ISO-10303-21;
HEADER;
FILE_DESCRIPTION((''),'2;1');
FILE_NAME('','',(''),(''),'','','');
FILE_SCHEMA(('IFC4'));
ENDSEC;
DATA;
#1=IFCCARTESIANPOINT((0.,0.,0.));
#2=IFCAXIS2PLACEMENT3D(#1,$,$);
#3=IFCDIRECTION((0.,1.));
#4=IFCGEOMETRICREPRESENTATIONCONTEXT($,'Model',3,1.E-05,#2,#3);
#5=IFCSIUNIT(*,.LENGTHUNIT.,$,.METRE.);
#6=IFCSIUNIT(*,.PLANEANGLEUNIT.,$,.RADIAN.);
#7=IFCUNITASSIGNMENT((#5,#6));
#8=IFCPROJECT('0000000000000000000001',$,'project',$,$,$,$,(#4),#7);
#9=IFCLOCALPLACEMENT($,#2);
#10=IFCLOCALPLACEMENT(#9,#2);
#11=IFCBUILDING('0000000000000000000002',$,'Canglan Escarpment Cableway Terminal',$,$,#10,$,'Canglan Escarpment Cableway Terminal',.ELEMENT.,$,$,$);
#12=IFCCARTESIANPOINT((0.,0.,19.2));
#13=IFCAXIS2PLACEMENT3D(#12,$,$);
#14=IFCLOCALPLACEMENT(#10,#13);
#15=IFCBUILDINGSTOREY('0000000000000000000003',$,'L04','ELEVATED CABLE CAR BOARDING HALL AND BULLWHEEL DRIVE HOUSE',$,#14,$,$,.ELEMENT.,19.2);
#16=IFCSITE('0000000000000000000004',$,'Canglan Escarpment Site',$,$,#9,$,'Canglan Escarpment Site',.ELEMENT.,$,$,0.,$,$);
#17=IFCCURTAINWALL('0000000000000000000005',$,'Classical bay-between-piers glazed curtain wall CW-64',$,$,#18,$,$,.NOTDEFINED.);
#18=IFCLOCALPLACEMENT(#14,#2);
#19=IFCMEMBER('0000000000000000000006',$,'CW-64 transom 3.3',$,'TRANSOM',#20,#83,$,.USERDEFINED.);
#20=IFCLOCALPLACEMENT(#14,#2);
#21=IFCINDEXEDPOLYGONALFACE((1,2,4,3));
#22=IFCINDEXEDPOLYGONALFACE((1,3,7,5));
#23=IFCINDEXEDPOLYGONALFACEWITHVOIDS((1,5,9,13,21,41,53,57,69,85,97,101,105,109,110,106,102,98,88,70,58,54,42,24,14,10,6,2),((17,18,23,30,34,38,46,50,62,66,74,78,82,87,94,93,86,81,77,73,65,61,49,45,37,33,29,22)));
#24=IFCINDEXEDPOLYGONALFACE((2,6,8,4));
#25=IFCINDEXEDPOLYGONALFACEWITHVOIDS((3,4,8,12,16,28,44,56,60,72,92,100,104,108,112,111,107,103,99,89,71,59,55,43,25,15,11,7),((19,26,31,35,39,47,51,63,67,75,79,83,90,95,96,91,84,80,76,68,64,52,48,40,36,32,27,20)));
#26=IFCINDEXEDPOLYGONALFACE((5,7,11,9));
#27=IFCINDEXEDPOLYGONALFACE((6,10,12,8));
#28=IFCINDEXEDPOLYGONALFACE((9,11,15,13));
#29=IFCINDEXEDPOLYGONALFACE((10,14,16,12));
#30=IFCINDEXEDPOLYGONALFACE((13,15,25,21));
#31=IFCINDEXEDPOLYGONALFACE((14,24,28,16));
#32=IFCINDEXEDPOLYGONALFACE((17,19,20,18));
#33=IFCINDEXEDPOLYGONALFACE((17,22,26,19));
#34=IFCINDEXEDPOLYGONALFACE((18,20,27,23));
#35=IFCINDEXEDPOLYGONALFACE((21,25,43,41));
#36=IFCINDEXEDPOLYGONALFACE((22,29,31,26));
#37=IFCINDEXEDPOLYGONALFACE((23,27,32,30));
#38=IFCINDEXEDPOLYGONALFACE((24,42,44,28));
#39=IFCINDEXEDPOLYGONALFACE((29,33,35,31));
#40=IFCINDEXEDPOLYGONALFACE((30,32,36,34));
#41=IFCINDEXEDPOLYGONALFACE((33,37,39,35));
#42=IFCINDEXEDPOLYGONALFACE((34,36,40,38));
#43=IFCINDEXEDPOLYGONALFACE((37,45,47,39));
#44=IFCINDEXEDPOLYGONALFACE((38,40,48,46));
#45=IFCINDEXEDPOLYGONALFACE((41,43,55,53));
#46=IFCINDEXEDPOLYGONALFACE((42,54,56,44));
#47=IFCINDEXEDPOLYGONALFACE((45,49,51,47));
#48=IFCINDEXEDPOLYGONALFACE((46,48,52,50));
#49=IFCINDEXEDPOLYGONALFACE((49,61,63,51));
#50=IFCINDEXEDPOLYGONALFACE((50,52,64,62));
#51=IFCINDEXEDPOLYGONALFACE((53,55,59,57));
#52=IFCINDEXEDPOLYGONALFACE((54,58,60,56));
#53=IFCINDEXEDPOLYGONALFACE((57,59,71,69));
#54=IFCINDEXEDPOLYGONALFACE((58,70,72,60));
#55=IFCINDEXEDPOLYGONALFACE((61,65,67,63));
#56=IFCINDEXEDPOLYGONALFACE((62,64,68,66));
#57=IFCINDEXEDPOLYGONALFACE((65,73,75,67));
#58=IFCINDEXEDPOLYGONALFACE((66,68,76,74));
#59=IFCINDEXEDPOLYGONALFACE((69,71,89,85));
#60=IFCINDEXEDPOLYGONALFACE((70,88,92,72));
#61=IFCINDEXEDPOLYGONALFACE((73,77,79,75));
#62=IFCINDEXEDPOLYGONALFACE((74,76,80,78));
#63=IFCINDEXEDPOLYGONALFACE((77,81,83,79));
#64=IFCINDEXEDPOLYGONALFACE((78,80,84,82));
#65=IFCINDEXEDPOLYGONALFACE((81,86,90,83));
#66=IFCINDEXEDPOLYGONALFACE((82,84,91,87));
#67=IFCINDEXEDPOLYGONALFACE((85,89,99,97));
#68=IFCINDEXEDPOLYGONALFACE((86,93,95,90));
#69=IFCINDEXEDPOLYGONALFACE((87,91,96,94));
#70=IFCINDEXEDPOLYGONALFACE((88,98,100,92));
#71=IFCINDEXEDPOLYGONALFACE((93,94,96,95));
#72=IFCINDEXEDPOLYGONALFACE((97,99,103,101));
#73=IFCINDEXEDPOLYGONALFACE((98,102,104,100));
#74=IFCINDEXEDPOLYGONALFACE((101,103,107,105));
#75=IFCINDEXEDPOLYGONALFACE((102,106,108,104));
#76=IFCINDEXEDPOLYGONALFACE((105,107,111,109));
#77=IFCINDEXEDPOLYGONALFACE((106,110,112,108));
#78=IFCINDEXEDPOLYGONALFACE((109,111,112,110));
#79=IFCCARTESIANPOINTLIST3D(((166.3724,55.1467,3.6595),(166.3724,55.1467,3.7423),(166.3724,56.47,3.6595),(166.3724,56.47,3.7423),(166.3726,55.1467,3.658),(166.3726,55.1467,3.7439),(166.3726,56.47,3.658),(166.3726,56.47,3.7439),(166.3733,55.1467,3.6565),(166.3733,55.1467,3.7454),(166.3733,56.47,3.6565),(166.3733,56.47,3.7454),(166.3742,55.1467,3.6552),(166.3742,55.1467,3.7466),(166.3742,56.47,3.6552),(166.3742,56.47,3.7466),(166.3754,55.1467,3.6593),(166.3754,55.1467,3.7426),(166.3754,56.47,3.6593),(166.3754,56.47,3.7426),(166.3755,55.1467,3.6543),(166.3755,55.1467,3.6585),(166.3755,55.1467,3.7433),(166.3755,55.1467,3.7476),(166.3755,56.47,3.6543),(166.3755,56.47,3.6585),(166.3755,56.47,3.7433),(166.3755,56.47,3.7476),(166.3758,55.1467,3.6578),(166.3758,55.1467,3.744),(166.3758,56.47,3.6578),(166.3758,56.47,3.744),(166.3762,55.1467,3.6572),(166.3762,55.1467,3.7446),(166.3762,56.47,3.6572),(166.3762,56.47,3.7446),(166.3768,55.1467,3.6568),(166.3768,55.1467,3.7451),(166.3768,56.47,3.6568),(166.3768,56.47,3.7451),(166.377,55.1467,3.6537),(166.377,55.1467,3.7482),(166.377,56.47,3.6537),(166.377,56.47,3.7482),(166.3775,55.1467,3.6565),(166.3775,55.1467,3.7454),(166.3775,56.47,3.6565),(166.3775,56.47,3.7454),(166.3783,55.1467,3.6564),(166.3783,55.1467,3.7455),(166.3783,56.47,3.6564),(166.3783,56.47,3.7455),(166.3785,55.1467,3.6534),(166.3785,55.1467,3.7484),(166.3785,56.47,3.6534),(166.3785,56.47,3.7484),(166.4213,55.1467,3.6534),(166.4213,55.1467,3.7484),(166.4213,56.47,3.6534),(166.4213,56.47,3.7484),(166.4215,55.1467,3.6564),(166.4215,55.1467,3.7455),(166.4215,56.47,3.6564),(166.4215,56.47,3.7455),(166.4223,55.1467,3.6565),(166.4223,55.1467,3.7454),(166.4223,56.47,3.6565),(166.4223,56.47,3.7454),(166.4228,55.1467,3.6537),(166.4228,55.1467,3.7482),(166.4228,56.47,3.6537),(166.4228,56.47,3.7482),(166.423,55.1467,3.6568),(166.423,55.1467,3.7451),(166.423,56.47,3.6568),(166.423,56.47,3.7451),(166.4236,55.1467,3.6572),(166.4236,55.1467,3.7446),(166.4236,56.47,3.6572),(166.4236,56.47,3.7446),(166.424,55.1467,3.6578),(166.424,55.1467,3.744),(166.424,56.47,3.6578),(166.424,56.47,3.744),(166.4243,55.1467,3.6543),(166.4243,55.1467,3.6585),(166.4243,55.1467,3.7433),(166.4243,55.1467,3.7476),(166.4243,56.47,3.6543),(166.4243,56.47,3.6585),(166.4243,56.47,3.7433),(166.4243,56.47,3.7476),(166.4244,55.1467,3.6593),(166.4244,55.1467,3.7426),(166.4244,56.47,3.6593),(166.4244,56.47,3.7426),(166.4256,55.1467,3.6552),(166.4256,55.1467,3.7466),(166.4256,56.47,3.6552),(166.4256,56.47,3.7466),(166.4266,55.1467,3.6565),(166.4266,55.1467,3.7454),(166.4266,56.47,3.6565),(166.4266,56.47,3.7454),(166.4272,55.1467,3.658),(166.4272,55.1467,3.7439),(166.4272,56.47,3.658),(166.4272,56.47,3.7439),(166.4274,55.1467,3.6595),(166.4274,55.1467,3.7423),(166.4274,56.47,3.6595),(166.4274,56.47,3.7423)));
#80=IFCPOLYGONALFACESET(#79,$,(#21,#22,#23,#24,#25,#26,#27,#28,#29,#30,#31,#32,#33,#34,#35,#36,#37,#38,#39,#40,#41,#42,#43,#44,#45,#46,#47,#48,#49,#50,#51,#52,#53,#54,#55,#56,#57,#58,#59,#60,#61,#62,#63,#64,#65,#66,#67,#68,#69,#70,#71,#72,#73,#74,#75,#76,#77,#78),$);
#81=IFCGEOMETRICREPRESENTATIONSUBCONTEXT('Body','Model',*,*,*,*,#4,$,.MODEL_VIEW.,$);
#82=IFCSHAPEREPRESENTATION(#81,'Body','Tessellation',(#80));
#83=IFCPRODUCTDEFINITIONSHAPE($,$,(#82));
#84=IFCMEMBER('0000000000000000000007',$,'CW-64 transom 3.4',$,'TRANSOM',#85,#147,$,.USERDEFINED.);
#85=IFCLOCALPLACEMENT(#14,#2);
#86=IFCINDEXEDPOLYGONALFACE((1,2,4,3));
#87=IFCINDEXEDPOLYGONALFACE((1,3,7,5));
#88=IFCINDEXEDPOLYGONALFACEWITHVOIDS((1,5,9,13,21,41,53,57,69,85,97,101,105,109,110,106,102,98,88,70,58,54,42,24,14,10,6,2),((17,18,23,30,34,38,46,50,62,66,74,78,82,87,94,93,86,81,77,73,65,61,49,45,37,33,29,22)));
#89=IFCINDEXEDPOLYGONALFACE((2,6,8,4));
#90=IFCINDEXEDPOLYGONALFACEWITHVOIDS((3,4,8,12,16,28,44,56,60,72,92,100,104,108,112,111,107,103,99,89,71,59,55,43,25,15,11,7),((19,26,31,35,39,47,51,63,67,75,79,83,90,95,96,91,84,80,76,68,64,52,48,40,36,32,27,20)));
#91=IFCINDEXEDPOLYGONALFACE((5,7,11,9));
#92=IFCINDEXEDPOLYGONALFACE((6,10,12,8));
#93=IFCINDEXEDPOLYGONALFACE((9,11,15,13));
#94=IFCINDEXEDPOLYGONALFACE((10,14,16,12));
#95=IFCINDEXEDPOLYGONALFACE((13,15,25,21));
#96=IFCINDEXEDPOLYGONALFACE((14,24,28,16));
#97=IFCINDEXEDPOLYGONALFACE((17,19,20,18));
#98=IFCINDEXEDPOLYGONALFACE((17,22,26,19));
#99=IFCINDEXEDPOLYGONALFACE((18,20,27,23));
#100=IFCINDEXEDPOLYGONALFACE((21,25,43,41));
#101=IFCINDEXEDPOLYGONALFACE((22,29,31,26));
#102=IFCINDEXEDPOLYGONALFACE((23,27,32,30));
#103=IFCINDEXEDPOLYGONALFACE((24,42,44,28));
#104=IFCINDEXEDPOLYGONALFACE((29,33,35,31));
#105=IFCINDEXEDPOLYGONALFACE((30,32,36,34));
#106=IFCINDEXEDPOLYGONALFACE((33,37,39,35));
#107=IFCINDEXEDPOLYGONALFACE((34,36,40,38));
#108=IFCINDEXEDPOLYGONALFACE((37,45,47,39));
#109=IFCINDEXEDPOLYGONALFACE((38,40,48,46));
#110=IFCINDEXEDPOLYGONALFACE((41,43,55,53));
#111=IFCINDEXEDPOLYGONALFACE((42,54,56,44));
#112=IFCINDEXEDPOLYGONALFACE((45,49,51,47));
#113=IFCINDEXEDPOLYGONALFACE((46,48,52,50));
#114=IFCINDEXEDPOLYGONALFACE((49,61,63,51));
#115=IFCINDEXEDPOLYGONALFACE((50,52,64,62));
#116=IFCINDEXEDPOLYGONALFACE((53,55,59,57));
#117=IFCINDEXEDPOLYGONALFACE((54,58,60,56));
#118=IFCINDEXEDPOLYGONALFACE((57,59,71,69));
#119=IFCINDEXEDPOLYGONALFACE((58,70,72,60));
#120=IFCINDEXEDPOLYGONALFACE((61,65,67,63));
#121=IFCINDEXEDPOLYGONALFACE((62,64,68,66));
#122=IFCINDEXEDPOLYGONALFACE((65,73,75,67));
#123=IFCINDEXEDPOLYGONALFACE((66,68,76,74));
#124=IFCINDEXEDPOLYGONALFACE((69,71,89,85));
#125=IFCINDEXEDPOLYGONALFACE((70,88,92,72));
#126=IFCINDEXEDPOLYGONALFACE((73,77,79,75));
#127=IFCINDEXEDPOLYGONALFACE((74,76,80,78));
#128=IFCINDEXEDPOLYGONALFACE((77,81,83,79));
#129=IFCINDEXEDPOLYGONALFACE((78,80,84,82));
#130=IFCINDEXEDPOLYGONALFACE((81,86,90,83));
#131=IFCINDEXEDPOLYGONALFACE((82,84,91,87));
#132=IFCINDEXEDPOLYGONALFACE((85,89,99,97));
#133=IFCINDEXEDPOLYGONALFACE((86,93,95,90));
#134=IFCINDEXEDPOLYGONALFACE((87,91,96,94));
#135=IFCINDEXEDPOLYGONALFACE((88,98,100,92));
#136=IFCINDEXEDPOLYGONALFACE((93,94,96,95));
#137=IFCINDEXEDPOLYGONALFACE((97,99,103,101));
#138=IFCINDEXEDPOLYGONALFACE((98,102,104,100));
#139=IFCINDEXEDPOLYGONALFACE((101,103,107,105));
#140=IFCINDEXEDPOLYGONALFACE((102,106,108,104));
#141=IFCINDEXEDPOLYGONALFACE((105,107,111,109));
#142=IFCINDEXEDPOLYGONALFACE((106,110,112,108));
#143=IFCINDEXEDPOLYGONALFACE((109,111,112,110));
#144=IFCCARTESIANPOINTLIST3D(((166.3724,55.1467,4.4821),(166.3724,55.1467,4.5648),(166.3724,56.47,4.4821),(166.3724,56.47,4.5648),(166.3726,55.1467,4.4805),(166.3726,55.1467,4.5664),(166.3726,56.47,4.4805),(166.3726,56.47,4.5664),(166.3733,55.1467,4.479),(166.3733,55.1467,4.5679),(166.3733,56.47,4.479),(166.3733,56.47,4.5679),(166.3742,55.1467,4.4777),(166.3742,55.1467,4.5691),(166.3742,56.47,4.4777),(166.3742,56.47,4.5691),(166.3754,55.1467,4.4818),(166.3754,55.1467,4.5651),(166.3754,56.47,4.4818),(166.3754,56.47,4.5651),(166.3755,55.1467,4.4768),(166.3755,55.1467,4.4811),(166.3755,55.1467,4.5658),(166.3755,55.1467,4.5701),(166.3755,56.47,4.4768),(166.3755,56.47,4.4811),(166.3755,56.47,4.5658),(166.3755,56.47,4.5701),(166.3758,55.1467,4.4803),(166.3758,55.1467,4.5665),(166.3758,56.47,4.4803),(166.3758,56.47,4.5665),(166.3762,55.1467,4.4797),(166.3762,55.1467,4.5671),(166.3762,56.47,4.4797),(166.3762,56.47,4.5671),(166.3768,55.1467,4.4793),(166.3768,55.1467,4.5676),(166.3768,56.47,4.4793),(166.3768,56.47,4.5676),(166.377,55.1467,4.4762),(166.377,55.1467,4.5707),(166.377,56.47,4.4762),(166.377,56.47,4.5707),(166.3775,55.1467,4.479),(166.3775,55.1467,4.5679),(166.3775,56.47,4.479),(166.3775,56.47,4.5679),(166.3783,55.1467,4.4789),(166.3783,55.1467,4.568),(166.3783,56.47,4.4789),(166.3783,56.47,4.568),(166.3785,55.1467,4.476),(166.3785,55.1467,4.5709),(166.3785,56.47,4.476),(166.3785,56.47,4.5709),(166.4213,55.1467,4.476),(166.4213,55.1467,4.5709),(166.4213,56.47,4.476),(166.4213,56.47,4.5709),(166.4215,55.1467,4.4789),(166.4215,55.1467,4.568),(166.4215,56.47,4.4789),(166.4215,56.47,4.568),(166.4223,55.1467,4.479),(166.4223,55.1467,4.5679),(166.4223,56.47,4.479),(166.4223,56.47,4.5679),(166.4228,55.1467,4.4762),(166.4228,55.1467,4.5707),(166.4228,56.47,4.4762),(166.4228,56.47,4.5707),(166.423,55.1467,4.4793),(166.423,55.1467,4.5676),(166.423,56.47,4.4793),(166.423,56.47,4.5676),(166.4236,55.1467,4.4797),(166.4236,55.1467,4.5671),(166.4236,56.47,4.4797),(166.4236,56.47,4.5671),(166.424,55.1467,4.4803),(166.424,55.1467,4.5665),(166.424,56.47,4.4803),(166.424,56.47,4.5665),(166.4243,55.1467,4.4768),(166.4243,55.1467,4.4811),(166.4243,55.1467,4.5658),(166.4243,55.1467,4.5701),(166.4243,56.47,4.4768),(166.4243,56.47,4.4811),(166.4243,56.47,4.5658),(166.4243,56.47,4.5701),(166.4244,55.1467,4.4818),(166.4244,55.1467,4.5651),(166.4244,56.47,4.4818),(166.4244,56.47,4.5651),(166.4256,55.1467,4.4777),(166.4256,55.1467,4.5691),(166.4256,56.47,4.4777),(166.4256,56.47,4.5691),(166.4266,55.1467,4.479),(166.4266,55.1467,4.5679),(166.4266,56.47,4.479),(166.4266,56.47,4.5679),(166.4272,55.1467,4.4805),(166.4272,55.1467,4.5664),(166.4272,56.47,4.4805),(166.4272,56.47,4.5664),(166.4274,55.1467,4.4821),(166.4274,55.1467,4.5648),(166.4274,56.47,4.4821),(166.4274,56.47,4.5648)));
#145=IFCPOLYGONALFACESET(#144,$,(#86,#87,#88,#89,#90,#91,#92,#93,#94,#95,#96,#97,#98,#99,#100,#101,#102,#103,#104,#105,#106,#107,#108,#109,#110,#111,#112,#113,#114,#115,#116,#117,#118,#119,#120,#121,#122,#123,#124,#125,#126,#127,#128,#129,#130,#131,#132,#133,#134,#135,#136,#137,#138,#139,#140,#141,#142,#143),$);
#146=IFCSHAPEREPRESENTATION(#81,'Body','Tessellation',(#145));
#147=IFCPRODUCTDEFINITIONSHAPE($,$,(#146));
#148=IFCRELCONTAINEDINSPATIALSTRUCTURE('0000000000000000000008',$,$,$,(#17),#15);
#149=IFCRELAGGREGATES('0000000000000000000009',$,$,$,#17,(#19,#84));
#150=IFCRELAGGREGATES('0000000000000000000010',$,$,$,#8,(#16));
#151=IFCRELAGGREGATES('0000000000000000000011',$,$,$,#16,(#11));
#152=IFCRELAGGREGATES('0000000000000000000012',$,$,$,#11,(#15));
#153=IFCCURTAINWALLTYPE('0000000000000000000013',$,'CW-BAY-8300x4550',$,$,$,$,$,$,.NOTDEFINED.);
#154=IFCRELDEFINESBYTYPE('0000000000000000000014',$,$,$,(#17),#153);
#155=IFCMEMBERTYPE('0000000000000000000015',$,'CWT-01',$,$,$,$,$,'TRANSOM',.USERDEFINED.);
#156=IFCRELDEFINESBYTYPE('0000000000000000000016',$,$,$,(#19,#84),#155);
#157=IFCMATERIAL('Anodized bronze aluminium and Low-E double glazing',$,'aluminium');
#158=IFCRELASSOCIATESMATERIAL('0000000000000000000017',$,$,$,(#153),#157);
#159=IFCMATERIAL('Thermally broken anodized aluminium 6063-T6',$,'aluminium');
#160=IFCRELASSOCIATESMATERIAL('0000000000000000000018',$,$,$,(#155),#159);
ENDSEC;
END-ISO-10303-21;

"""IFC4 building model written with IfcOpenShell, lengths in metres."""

from ifc_helpers import new_model, si_unit, direction, frame, origin, origin_2d, place, context, subcontext, project, spatial, hollow_rectangle, extrude, material, material_profile, profile_set, type_object, element, aggregate, save


model = new_model("IFC4")

# Units and contexts
model_context = context("Model", 3, precision=1e-05, world=origin(), true_north=direction((0.0, 1.0)))
body_context = subcontext(model_context, "Body", "Model", "MODEL_VIEW")
ifc_project = project(units=[si_unit("LENGTHUNIT", "METRE"), si_unit("PLANEANGLEUNIT", "RADIAN")], contexts=[model_context])

# Site, building, storey
site_placement = place(None, origin())
site = spatial("IfcSite", under=ifc_project, at=site_placement, Name="Canglan Escarpment Site", LongName="Canglan Escarpment Site", CompositionType="ELEMENT", RefElevation=0.0)
building_placement = place(site_placement, origin())
building = spatial("IfcBuilding", under=site, at=building_placement, Name="Canglan Escarpment Cableway Terminal", LongName="Canglan Escarpment Cableway Terminal", CompositionType="ELEMENT")
storey_placement = place(building_placement, frame((0.0, 0.0, 19.2)))
storey = spatial("IfcBuildingStorey", under=building, at=storey_placement, Name="L04", Description="ELEVATED CABLE CAR BOARDING HALL AND BULLWHEEL DRIVE HOUSE", CompositionType="ELEMENT", Elevation=19.2)

# Curtain wall, members
ifc_material_1 = material(Name="Anodized bronze aluminium and Low-E double glazing", Category="aluminium")
curtain_wall_type = type_object("IfcCurtainWallType", Name="CW-BAY-8300x4550", PredefinedType="NOTDEFINED", material=ifc_material_1)
curtain_wall_placement = place(storey_placement, origin())
curtain_wall = element("IfcCurtainWall", 1, at=curtain_wall_placement, inside=storey, type_object=curtain_wall_type, Name="Classical bay-between-piers glazed curtain wall CW-64", PredefinedType="NOTDEFINED")
ifc_material_2 = material(Name="Thermally broken anodized aluminium 6063-T6", Category="aluminium")
ifc_material_profile_1 = material_profile(ifc_material_2, hollow_rectangle(XDim=0.0549, YDim=0.095, WallThickness=0.0029, InnerFilletRadius=0.0029, OuterFilletRadius=0.0061, at=origin_2d()), Name="ALU-TRAN 55x95x3")
ifc_profile_set_1 = profile_set([ifc_material_profile_1], Name="Thermally broken anodized aluminium 6063-T6")
member_type_1 = type_object("IfcMemberType", Name="CWT-01", ElementType="TRANSOM", PredefinedType="USERDEFINED", material=ifc_profile_set_1)
member_1_placement = place(storey_placement, frame((166.3999, 55.1467, 3.7009), z_axis=(0.0, 1.0, 0.0), x_axis=(-1.0, 0.0, 0.0)))
member_1 = element("IfcMember", 2, at=member_1_placement, type_object=member_type_1, Name="CW-64 transom 3.3", ObjectType="TRANSOM", PredefinedType="USERDEFINED", context=body_context, shape_type="SweptSolid", body=[
    extrude(hollow_rectangle(XDim=0.0549, YDim=0.095, WallThickness=0.0029, InnerFilletRadius=0.0029, OuterFilletRadius=0.0061, at=origin_2d()), origin(), (0.0, 0.0, 1.0), 1.3232),
])
member_2_placement = place(storey_placement, frame((166.3999, 55.1467, 4.5234), z_axis=(0.0, 1.0, 0.0), x_axis=(-1.0, 0.0, 0.0)))
member_2 = element("IfcMember", 3, at=member_2_placement, type_object=member_type_1, Name="CW-64 transom 3.4", ObjectType="TRANSOM", PredefinedType="USERDEFINED", context=body_context, shape_type="SweptSolid", body=[
    extrude(hollow_rectangle(XDim=0.0549, YDim=0.095, WallThickness=0.0029, InnerFilletRadius=0.0029, OuterFilletRadius=0.0061, at=origin_2d()), origin(), (0.0, 0.0, 1.0), 1.3232),
])
aggregate(curtain_wall, [member_1, member_2])

save(model, "model.ifc")
